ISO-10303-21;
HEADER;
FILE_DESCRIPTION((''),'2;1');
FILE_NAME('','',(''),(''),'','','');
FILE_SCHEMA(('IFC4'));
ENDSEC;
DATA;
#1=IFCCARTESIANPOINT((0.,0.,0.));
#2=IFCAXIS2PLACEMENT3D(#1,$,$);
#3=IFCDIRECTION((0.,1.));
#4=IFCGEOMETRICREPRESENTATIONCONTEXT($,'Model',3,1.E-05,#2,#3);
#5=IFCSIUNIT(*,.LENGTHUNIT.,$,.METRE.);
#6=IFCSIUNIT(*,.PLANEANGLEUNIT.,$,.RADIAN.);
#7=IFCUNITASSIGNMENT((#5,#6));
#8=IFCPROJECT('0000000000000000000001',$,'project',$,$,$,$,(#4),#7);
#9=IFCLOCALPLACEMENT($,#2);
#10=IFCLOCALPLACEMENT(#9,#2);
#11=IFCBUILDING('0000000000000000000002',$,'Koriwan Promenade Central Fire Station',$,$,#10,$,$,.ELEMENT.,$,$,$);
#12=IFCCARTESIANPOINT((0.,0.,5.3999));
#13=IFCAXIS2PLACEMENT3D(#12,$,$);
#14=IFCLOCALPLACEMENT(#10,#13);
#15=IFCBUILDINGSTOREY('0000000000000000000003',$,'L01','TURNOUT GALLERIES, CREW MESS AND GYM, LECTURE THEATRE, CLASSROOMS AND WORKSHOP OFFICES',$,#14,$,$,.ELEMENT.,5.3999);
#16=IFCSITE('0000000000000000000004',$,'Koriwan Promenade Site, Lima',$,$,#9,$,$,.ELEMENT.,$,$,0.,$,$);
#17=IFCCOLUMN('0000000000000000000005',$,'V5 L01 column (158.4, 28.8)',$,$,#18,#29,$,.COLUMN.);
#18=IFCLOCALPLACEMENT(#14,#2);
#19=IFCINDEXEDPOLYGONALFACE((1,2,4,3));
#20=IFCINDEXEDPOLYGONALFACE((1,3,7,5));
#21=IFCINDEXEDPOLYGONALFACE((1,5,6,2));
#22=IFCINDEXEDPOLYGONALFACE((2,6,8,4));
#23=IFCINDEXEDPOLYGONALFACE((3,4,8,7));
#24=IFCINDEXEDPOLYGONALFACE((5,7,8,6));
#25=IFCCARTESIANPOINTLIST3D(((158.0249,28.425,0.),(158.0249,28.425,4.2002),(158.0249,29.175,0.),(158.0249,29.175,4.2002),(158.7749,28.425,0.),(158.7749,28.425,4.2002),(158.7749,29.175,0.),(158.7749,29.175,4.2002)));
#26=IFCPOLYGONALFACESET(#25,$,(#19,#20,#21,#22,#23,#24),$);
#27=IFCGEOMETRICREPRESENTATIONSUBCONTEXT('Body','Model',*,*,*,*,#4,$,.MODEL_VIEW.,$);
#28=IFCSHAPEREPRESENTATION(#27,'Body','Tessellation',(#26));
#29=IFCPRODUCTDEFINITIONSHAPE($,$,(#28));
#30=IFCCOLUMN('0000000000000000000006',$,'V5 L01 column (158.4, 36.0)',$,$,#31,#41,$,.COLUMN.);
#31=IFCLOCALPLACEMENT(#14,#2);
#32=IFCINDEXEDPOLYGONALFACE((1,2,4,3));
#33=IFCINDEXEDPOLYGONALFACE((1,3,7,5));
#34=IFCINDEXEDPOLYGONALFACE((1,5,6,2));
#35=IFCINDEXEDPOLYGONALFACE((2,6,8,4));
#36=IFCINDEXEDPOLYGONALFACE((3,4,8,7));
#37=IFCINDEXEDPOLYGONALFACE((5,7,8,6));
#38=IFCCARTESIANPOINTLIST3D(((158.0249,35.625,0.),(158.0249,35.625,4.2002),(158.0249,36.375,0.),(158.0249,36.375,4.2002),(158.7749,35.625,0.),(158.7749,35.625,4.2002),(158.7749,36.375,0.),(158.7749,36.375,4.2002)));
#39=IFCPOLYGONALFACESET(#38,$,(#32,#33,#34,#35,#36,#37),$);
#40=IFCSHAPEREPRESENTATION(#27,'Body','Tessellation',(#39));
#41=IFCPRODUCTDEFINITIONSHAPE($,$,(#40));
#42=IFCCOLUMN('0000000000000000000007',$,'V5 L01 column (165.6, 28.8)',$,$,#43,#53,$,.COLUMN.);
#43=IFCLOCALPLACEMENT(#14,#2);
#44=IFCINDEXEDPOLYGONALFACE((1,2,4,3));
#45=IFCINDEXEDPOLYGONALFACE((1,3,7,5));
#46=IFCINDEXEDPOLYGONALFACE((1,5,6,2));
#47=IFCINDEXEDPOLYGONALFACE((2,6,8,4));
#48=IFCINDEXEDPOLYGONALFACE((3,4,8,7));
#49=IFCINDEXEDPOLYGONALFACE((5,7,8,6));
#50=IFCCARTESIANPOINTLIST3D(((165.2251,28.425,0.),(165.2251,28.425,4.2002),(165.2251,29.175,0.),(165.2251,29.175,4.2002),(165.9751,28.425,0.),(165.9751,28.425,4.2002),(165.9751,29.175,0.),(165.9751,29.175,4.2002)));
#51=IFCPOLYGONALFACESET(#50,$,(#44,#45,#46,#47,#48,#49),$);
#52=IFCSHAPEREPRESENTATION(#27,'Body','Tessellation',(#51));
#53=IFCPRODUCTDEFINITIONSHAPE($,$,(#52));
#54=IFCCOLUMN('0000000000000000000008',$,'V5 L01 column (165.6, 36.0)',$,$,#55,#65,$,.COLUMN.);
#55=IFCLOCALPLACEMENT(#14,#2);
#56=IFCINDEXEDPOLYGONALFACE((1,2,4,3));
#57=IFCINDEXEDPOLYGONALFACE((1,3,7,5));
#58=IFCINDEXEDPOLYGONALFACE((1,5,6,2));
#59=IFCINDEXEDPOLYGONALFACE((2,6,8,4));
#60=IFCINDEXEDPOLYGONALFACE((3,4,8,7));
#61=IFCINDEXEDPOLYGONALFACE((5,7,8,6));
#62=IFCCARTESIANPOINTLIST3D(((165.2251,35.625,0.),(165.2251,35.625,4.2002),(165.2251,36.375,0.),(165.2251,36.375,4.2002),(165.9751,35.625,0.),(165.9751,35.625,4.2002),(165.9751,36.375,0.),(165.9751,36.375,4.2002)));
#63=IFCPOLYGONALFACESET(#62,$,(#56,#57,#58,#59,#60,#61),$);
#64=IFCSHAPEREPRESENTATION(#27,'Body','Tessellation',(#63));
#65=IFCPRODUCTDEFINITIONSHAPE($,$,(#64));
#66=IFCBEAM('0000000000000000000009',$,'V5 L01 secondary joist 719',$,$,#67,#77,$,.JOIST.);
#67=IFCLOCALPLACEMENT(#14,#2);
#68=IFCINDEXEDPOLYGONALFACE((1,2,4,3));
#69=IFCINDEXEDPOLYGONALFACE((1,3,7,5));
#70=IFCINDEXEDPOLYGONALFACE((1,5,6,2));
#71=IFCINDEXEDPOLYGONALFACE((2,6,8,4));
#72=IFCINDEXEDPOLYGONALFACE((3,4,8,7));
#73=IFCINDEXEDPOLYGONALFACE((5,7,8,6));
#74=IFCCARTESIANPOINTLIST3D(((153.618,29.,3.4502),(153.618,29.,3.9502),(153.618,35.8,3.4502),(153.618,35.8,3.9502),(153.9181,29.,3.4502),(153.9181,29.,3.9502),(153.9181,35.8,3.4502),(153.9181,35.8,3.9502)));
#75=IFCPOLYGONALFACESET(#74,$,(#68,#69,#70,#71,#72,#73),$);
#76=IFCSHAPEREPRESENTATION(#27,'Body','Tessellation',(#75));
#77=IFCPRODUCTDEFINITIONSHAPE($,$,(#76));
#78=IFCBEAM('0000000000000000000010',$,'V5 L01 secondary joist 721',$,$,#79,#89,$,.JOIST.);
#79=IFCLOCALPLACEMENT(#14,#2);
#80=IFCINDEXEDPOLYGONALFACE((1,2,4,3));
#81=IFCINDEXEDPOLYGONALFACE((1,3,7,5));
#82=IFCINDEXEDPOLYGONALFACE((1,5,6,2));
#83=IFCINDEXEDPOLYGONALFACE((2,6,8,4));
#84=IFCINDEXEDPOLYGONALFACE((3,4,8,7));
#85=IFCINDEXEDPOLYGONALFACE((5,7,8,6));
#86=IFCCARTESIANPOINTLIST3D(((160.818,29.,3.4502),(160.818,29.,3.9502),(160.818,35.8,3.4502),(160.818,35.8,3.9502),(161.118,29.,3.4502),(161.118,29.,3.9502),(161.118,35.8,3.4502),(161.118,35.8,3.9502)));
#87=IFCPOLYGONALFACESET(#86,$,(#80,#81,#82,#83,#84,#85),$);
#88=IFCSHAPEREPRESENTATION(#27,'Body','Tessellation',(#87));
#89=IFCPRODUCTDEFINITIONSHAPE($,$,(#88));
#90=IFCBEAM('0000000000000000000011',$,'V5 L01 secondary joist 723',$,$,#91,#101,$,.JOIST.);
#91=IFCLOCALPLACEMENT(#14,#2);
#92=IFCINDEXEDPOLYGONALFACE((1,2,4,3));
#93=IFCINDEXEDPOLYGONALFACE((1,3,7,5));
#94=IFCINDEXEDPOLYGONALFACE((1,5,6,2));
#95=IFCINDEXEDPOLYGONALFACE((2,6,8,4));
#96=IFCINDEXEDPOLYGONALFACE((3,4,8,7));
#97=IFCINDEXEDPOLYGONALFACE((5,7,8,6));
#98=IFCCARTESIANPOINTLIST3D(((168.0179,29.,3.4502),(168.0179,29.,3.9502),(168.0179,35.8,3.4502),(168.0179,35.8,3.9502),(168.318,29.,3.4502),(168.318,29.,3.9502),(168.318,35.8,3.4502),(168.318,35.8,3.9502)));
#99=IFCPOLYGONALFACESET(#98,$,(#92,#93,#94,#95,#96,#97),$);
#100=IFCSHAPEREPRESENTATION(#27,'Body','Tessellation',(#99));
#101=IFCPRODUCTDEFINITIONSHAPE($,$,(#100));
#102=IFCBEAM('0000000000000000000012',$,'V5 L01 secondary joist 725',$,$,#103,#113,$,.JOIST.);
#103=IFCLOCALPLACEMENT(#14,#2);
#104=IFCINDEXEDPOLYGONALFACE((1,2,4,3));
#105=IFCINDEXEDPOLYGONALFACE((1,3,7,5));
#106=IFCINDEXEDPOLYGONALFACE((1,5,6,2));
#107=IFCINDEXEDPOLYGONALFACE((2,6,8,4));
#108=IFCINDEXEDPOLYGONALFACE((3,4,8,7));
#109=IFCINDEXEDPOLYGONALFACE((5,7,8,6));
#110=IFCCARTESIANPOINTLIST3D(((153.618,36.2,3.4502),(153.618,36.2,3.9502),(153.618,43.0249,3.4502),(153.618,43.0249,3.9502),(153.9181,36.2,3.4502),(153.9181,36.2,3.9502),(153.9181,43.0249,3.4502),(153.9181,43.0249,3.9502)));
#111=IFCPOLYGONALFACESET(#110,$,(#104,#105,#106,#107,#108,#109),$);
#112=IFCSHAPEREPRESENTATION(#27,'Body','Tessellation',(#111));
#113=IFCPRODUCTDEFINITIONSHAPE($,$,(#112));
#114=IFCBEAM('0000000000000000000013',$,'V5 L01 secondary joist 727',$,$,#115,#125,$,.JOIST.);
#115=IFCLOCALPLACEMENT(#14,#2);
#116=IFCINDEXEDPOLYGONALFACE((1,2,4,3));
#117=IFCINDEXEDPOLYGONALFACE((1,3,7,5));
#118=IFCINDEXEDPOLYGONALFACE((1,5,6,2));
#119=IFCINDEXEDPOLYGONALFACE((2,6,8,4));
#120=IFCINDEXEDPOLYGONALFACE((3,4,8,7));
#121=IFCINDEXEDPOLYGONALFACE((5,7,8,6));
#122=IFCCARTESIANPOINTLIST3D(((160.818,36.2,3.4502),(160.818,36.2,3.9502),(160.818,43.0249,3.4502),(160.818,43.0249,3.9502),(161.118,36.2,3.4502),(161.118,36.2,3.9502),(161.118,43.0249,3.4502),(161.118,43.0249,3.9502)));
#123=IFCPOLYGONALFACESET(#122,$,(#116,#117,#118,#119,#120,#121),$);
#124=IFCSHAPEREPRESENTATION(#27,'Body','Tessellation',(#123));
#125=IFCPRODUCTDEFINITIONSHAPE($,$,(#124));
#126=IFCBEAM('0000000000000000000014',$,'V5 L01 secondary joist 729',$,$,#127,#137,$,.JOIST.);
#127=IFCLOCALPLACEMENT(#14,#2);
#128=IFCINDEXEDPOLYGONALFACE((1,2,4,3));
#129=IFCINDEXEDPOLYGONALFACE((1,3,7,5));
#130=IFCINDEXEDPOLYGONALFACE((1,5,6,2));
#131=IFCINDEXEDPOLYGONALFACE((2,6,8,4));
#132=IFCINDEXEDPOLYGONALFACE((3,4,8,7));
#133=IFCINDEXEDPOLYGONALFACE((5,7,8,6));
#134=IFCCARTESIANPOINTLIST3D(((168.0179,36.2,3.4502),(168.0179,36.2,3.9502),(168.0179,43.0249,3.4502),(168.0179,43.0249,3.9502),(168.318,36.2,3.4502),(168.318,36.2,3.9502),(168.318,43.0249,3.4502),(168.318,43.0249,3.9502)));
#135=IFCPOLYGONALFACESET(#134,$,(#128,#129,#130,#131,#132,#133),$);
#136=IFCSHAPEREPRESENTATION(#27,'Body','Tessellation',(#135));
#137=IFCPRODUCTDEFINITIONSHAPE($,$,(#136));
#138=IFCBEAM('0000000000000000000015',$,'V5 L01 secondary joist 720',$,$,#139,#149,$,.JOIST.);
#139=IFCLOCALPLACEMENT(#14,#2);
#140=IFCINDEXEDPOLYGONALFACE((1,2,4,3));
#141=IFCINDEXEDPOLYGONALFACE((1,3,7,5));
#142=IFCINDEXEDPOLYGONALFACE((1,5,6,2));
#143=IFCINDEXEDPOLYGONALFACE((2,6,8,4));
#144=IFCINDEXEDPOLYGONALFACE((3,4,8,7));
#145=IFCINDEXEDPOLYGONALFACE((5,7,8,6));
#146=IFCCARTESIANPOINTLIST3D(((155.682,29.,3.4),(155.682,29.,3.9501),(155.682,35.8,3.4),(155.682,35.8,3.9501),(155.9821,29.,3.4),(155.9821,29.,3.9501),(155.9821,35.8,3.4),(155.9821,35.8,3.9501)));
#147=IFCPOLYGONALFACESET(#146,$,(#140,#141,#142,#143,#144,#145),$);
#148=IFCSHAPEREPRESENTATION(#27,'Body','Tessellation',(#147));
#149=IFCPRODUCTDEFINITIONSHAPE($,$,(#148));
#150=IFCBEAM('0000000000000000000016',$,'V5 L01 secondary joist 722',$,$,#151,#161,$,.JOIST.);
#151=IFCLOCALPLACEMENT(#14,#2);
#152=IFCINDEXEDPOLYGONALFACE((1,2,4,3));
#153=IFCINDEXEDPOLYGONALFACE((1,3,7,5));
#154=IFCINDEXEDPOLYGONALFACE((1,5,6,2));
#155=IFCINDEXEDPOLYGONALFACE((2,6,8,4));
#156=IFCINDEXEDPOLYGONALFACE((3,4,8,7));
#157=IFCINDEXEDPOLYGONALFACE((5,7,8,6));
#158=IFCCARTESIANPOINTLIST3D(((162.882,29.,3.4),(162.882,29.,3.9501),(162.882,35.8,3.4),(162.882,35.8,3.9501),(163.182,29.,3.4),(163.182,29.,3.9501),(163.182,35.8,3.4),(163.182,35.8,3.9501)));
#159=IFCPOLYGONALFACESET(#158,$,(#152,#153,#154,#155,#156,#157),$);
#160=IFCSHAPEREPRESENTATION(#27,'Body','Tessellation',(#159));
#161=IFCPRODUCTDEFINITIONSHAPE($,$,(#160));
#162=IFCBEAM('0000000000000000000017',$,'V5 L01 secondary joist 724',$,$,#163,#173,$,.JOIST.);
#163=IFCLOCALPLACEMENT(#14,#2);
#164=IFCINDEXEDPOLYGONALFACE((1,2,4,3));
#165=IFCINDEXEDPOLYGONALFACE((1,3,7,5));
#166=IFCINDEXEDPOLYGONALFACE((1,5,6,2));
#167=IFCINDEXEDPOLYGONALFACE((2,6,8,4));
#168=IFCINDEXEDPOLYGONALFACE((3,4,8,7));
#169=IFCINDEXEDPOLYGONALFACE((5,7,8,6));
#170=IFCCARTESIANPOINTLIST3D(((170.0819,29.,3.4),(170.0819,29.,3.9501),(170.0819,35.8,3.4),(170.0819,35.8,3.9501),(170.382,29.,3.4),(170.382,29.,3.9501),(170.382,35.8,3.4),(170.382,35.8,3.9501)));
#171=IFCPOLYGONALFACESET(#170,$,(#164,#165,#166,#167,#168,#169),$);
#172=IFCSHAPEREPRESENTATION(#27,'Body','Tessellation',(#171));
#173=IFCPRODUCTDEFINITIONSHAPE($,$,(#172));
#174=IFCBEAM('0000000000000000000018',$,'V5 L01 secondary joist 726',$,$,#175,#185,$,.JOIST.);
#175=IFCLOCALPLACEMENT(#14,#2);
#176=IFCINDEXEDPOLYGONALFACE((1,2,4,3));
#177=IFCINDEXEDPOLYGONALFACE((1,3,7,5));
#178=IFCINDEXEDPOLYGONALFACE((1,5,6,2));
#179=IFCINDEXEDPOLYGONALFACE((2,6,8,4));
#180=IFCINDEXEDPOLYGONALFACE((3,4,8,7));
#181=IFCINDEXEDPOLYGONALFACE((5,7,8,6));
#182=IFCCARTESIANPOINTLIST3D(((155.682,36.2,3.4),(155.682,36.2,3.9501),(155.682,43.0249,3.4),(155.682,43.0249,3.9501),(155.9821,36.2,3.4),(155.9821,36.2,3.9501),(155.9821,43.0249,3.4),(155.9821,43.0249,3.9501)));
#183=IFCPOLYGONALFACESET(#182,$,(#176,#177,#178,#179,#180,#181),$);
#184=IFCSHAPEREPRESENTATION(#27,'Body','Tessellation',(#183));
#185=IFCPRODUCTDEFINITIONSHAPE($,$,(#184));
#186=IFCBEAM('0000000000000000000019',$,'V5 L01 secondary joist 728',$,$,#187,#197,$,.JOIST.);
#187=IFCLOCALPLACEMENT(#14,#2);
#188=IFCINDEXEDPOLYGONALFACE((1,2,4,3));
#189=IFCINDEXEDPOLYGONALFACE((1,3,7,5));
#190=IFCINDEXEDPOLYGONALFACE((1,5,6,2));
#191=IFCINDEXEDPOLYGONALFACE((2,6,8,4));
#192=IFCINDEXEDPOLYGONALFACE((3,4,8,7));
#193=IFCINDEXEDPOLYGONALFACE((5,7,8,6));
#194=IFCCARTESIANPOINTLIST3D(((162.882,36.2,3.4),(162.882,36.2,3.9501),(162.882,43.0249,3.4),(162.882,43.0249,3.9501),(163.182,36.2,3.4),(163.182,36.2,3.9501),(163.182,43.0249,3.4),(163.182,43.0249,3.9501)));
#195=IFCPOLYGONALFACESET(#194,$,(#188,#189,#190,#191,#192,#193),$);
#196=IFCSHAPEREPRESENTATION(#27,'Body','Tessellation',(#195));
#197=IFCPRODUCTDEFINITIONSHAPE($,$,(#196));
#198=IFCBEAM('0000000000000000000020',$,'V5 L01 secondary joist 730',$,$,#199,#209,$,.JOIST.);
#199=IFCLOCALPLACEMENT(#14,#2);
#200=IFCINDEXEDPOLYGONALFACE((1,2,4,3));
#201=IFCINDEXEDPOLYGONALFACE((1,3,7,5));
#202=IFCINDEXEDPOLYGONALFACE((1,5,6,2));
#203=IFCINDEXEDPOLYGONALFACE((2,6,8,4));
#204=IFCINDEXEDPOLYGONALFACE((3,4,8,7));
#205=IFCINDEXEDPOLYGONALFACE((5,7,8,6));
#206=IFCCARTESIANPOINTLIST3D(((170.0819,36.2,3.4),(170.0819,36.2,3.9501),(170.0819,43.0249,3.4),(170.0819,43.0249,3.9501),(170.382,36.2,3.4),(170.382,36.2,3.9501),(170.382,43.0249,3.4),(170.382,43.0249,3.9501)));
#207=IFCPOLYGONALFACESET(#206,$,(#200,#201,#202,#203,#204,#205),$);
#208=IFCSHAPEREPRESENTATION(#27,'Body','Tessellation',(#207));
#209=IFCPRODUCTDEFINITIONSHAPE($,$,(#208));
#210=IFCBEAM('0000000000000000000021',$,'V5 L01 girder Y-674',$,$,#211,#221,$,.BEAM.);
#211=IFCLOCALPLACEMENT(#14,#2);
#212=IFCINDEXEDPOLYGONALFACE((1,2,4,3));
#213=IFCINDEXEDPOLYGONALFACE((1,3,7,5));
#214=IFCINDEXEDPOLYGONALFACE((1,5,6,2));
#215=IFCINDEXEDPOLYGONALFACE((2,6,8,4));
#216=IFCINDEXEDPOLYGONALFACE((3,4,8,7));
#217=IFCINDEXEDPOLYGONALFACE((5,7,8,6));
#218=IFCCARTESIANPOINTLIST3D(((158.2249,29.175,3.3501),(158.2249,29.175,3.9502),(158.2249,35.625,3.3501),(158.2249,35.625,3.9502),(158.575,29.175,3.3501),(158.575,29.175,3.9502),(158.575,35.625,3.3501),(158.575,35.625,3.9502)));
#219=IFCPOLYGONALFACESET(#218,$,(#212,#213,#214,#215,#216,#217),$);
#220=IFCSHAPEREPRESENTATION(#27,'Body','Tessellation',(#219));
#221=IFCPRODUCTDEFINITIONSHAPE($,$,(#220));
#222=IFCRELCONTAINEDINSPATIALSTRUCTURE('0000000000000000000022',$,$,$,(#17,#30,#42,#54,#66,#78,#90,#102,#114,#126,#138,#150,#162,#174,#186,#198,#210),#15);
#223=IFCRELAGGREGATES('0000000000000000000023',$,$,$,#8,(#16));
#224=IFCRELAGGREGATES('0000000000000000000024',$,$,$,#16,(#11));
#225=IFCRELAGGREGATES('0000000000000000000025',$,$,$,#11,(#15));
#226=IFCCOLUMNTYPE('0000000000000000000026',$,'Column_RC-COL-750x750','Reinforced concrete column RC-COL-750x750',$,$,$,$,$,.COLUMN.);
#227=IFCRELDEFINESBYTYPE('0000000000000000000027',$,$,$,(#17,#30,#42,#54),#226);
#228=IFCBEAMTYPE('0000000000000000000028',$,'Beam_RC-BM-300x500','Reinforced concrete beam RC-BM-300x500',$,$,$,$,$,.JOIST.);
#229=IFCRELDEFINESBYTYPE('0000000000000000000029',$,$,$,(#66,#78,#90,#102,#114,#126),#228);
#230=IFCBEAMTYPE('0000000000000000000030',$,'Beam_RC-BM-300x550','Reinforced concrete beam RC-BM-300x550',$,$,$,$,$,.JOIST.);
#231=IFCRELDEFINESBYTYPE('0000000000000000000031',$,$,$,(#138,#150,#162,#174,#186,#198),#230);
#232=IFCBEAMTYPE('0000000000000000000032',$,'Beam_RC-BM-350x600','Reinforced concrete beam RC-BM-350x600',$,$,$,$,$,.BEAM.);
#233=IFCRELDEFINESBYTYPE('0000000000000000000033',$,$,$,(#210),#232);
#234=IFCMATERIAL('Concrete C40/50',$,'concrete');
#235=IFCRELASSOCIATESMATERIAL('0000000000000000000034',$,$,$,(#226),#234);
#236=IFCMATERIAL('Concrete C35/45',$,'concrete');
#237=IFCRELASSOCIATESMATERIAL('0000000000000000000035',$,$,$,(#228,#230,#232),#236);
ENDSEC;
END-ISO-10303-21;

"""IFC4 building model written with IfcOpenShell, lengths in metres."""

from ifc_helpers import new_model, si_unit, direction, frame, origin, origin_2d, place, context, subcontext, project, spatial, rectangle, extrude, material, material_profile, profile_set, type_object, element, save


model = new_model("IFC4")

# Units and contexts
model_context = context("Model", 3, precision=1e-05, world=origin(), true_north=direction((0.0, 1.0)))
body_context = subcontext(model_context, "Body", "Model", "MODEL_VIEW")
ifc_project = project(units=[si_unit("LENGTHUNIT", "METRE"), si_unit("PLANEANGLEUNIT", "RADIAN")], contexts=[model_context])

# Site, building, storey
site_placement = place(None, origin())
site = spatial("IfcSite", under=ifc_project, at=site_placement, Name="Koriwan Promenade Site, Lima", CompositionType="ELEMENT", RefElevation=0.0)
building_placement = place(site_placement, origin())
building = spatial("IfcBuilding", under=site, at=building_placement, Name="Koriwan Promenade Central Fire Station", CompositionType="ELEMENT")
storey_placement = place(building_placement, frame((0.0, 0.0, 5.3999)))
storey = spatial("IfcBuildingStorey", under=building, at=storey_placement, Name="L01", Description="TURNOUT GALLERIES, CREW MESS AND GYM, LECTURE THEATRE, CLASSROOMS AND WORKSHOP OFFICES", CompositionType="ELEMENT", Elevation=5.3999)

# Columns
ifc_material_1 = material(Name="Concrete C40/50", Category="concrete")
ifc_material_profile_1 = material_profile(ifc_material_1, rectangle(XDim=0.75, YDim=0.75, at=origin_2d()), Name="RC-COL-750x750")
ifc_profile_set_1 = profile_set([ifc_material_profile_1], Name="Concrete C40/50")
column_type = type_object("IfcColumnType", Name="Column_RC-COL-750x750", Description="Reinforced concrete column RC-COL-750x750", PredefinedType="COLUMN", material=ifc_profile_set_1)
for number, where, z_axis, x_axis, name in (
    (1, (158.3999, 28.8, 0.0), (0.0, 0.0, 1.0), (1.0, 0.0, 0.0), "V5 L01 column (158.4, 28.8)"),
    (2, (158.3999, 36.0, 0.0), (0.0, 0.0, 1.0), (1.0, 0.0, 0.0), "V5 L01 column (158.4, 36.0)"),
    (3, (165.6001, 28.8, 0.0), (0.0, 0.0, 1.0), (1.0, 0.0, 0.0), "V5 L01 column (165.6, 28.8)"),
    (4, (165.6001, 36.0, 0.0), (0.0, 0.0, 1.0), (1.0, 0.0, 0.0), "V5 L01 column (165.6, 36.0)"),
):
    element("IfcColumn", number, at=place(storey_placement, frame(where, z_axis=z_axis, x_axis=x_axis)), inside=storey, type_object=column_type, Name=name, PredefinedType="COLUMN", context=body_context, shape_type="SweptSolid", body=[
        extrude(rectangle(XDim=0.75, YDim=0.75, at=origin_2d()), origin(), (0.0, 0.0, 1.0), 4.2002),
    ])

# Beams
ifc_material_2 = material(Name="Concrete C35/45", Category="concrete")
ifc_material_profile_2 = material_profile(ifc_material_2, rectangle(XDim=0.3, YDim=0.5, at=origin_2d()), Name="RC-BM-300x500")
ifc_profile_set_2 = profile_set([ifc_material_profile_2], Name="Concrete C35/45")
beam_type_1 = type_object("IfcBeamType", Name="Beam_RC-BM-300x500", Description="Reinforced concrete beam RC-BM-300x500", PredefinedType="JOIST", material=ifc_profile_set_2)
for number, where, z_axis, x_axis, name in (
    (5, (153.7681, 29.0, 3.7002), (0.0, 1.0, 0.0), (-1.0, 0.0, 0.0), "V5 L01 secondary joist 719"),
    (6, (160.968, 29.0, 3.7002), (0.0, 1.0, 0.0), (-1.0, 0.0, 0.0), "V5 L01 secondary joist 721"),
    (7, (168.168, 29.0, 3.7002), (0.0, 1.0, 0.0), (-1.0, 0.0, 0.0), "V5 L01 secondary joist 723"),
):
    element("IfcBeam", number, at=place(storey_placement, frame(where, z_axis=z_axis, x_axis=x_axis)), inside=storey, type_object=beam_type_1, Name=name, PredefinedType="JOIST", context=body_context, shape_type="SweptSolid", body=[
        extrude(rectangle(XDim=0.3, YDim=0.5, at=origin_2d()), origin(), (0.0, 0.0, 1.0), 6.8),
    ])
for number, where, z_axis, x_axis, name in (
    (8, (153.7681, 36.2, 3.7002), (0.0, 1.0, 0.0), (-1.0, 0.0, 0.0), "V5 L01 secondary joist 725"),
    (9, (160.968, 36.2, 3.7002), (0.0, 1.0, 0.0), (-1.0, 0.0, 0.0), "V5 L01 secondary joist 727"),
    (10, (168.168, 36.2, 3.7002), (0.0, 1.0, 0.0), (-1.0, 0.0, 0.0), "V5 L01 secondary joist 729"),
):
    element("IfcBeam", number, at=place(storey_placement, frame(where, z_axis=z_axis, x_axis=x_axis)), inside=storey, type_object=beam_type_1, Name=name, PredefinedType="JOIST", context=body_context, shape_type="SweptSolid", body=[
        extrude(rectangle(XDim=0.3, YDim=0.5, at=origin_2d()), origin(), (0.0, 0.0, 1.0), 6.825),
    ])
ifc_material_profile_3 = material_profile(ifc_material_2, rectangle(XDim=0.3, YDim=0.55, at=origin_2d()), Name="RC-BM-300x550")
ifc_profile_set_3 = profile_set([ifc_material_profile_3], Name="Concrete C35/45")
beam_type_2 = type_object("IfcBeamType", Name="Beam_RC-BM-300x550", Description="Reinforced concrete beam RC-BM-300x550", PredefinedType="JOIST", material=ifc_profile_set_3)
for number, where, z_axis, x_axis, name in (
    (11, (155.832, 29.0, 3.675), (0.0, 1.0, 0.0), (-1.0, 0.0, 0.0), "V5 L01 secondary joist 720"),
    (12, (163.032, 29.0, 3.675), (0.0, 1.0, 0.0), (-1.0, 0.0, 0.0), "V5 L01 secondary joist 722"),
    (13, (170.2319, 29.0, 3.675), (0.0, 1.0, 0.0), (-1.0, 0.0, 0.0), "V5 L01 secondary joist 724"),
):
    element("IfcBeam", number, at=place(storey_placement, frame(where, z_axis=z_axis, x_axis=x_axis)), inside=storey, type_object=beam_type_2, Name=name, PredefinedType="JOIST", context=body_context, shape_type="SweptSolid", body=[
        extrude(rectangle(XDim=0.3, YDim=0.55, at=origin_2d()), origin(), (0.0, 0.0, 1.0), 6.8),
    ])
for number, where, z_axis, x_axis, name in (
    (14, (155.832, 36.2, 3.675), (0.0, 1.0, 0.0), (-1.0, 0.0, 0.0), "V5 L01 secondary joist 726"),
    (15, (163.032, 36.2, 3.675), (0.0, 1.0, 0.0), (-1.0, 0.0, 0.0), "V5 L01 secondary joist 728"),
    (16, (170.2319, 36.2, 3.675), (0.0, 1.0, 0.0), (-1.0, 0.0, 0.0), "V5 L01 secondary joist 730"),
):
    element("IfcBeam", number, at=place(storey_placement, frame(where, z_axis=z_axis, x_axis=x_axis)), inside=storey, type_object=beam_type_2, Name=name, PredefinedType="JOIST", context=body_context, shape_type="SweptSolid", body=[
        extrude(rectangle(XDim=0.3, YDim=0.55, at=origin_2d()), origin(), (0.0, 0.0, 1.0), 6.825),
    ])
ifc_material_profile_4 = material_profile(ifc_material_2, rectangle(XDim=0.3501, YDim=0.6001, at=origin_2d()), Name="RC-BM-350x600")
ifc_profile_set_4 = profile_set([ifc_material_profile_4], Name="Concrete C35/45")
beam_type_3 = type_object("IfcBeamType", Name="Beam_RC-BM-350x600", Description="Reinforced concrete beam RC-BM-350x600", PredefinedType="BEAM", material=ifc_profile_set_4)
for number, where, z_axis, x_axis, name in (
    (17, (158.3999, 29.175, 3.6501), (0.0, 1.0, 0.0), (-1.0, 0.0, 0.0), "V5 L01 girder Y-674"),
):
    element("IfcBeam", number, at=place(storey_placement, frame(where, z_axis=z_axis, x_axis=x_axis)), inside=storey, type_object=beam_type_3, Name=name, PredefinedType="BEAM", context=body_context, shape_type="SweptSolid", body=[
        extrude(rectangle(XDim=0.3501, YDim=0.6001, at=origin_2d()), origin(), (0.0, 0.0, 1.0), 6.45),
    ])

save(model, "model.ifc")
